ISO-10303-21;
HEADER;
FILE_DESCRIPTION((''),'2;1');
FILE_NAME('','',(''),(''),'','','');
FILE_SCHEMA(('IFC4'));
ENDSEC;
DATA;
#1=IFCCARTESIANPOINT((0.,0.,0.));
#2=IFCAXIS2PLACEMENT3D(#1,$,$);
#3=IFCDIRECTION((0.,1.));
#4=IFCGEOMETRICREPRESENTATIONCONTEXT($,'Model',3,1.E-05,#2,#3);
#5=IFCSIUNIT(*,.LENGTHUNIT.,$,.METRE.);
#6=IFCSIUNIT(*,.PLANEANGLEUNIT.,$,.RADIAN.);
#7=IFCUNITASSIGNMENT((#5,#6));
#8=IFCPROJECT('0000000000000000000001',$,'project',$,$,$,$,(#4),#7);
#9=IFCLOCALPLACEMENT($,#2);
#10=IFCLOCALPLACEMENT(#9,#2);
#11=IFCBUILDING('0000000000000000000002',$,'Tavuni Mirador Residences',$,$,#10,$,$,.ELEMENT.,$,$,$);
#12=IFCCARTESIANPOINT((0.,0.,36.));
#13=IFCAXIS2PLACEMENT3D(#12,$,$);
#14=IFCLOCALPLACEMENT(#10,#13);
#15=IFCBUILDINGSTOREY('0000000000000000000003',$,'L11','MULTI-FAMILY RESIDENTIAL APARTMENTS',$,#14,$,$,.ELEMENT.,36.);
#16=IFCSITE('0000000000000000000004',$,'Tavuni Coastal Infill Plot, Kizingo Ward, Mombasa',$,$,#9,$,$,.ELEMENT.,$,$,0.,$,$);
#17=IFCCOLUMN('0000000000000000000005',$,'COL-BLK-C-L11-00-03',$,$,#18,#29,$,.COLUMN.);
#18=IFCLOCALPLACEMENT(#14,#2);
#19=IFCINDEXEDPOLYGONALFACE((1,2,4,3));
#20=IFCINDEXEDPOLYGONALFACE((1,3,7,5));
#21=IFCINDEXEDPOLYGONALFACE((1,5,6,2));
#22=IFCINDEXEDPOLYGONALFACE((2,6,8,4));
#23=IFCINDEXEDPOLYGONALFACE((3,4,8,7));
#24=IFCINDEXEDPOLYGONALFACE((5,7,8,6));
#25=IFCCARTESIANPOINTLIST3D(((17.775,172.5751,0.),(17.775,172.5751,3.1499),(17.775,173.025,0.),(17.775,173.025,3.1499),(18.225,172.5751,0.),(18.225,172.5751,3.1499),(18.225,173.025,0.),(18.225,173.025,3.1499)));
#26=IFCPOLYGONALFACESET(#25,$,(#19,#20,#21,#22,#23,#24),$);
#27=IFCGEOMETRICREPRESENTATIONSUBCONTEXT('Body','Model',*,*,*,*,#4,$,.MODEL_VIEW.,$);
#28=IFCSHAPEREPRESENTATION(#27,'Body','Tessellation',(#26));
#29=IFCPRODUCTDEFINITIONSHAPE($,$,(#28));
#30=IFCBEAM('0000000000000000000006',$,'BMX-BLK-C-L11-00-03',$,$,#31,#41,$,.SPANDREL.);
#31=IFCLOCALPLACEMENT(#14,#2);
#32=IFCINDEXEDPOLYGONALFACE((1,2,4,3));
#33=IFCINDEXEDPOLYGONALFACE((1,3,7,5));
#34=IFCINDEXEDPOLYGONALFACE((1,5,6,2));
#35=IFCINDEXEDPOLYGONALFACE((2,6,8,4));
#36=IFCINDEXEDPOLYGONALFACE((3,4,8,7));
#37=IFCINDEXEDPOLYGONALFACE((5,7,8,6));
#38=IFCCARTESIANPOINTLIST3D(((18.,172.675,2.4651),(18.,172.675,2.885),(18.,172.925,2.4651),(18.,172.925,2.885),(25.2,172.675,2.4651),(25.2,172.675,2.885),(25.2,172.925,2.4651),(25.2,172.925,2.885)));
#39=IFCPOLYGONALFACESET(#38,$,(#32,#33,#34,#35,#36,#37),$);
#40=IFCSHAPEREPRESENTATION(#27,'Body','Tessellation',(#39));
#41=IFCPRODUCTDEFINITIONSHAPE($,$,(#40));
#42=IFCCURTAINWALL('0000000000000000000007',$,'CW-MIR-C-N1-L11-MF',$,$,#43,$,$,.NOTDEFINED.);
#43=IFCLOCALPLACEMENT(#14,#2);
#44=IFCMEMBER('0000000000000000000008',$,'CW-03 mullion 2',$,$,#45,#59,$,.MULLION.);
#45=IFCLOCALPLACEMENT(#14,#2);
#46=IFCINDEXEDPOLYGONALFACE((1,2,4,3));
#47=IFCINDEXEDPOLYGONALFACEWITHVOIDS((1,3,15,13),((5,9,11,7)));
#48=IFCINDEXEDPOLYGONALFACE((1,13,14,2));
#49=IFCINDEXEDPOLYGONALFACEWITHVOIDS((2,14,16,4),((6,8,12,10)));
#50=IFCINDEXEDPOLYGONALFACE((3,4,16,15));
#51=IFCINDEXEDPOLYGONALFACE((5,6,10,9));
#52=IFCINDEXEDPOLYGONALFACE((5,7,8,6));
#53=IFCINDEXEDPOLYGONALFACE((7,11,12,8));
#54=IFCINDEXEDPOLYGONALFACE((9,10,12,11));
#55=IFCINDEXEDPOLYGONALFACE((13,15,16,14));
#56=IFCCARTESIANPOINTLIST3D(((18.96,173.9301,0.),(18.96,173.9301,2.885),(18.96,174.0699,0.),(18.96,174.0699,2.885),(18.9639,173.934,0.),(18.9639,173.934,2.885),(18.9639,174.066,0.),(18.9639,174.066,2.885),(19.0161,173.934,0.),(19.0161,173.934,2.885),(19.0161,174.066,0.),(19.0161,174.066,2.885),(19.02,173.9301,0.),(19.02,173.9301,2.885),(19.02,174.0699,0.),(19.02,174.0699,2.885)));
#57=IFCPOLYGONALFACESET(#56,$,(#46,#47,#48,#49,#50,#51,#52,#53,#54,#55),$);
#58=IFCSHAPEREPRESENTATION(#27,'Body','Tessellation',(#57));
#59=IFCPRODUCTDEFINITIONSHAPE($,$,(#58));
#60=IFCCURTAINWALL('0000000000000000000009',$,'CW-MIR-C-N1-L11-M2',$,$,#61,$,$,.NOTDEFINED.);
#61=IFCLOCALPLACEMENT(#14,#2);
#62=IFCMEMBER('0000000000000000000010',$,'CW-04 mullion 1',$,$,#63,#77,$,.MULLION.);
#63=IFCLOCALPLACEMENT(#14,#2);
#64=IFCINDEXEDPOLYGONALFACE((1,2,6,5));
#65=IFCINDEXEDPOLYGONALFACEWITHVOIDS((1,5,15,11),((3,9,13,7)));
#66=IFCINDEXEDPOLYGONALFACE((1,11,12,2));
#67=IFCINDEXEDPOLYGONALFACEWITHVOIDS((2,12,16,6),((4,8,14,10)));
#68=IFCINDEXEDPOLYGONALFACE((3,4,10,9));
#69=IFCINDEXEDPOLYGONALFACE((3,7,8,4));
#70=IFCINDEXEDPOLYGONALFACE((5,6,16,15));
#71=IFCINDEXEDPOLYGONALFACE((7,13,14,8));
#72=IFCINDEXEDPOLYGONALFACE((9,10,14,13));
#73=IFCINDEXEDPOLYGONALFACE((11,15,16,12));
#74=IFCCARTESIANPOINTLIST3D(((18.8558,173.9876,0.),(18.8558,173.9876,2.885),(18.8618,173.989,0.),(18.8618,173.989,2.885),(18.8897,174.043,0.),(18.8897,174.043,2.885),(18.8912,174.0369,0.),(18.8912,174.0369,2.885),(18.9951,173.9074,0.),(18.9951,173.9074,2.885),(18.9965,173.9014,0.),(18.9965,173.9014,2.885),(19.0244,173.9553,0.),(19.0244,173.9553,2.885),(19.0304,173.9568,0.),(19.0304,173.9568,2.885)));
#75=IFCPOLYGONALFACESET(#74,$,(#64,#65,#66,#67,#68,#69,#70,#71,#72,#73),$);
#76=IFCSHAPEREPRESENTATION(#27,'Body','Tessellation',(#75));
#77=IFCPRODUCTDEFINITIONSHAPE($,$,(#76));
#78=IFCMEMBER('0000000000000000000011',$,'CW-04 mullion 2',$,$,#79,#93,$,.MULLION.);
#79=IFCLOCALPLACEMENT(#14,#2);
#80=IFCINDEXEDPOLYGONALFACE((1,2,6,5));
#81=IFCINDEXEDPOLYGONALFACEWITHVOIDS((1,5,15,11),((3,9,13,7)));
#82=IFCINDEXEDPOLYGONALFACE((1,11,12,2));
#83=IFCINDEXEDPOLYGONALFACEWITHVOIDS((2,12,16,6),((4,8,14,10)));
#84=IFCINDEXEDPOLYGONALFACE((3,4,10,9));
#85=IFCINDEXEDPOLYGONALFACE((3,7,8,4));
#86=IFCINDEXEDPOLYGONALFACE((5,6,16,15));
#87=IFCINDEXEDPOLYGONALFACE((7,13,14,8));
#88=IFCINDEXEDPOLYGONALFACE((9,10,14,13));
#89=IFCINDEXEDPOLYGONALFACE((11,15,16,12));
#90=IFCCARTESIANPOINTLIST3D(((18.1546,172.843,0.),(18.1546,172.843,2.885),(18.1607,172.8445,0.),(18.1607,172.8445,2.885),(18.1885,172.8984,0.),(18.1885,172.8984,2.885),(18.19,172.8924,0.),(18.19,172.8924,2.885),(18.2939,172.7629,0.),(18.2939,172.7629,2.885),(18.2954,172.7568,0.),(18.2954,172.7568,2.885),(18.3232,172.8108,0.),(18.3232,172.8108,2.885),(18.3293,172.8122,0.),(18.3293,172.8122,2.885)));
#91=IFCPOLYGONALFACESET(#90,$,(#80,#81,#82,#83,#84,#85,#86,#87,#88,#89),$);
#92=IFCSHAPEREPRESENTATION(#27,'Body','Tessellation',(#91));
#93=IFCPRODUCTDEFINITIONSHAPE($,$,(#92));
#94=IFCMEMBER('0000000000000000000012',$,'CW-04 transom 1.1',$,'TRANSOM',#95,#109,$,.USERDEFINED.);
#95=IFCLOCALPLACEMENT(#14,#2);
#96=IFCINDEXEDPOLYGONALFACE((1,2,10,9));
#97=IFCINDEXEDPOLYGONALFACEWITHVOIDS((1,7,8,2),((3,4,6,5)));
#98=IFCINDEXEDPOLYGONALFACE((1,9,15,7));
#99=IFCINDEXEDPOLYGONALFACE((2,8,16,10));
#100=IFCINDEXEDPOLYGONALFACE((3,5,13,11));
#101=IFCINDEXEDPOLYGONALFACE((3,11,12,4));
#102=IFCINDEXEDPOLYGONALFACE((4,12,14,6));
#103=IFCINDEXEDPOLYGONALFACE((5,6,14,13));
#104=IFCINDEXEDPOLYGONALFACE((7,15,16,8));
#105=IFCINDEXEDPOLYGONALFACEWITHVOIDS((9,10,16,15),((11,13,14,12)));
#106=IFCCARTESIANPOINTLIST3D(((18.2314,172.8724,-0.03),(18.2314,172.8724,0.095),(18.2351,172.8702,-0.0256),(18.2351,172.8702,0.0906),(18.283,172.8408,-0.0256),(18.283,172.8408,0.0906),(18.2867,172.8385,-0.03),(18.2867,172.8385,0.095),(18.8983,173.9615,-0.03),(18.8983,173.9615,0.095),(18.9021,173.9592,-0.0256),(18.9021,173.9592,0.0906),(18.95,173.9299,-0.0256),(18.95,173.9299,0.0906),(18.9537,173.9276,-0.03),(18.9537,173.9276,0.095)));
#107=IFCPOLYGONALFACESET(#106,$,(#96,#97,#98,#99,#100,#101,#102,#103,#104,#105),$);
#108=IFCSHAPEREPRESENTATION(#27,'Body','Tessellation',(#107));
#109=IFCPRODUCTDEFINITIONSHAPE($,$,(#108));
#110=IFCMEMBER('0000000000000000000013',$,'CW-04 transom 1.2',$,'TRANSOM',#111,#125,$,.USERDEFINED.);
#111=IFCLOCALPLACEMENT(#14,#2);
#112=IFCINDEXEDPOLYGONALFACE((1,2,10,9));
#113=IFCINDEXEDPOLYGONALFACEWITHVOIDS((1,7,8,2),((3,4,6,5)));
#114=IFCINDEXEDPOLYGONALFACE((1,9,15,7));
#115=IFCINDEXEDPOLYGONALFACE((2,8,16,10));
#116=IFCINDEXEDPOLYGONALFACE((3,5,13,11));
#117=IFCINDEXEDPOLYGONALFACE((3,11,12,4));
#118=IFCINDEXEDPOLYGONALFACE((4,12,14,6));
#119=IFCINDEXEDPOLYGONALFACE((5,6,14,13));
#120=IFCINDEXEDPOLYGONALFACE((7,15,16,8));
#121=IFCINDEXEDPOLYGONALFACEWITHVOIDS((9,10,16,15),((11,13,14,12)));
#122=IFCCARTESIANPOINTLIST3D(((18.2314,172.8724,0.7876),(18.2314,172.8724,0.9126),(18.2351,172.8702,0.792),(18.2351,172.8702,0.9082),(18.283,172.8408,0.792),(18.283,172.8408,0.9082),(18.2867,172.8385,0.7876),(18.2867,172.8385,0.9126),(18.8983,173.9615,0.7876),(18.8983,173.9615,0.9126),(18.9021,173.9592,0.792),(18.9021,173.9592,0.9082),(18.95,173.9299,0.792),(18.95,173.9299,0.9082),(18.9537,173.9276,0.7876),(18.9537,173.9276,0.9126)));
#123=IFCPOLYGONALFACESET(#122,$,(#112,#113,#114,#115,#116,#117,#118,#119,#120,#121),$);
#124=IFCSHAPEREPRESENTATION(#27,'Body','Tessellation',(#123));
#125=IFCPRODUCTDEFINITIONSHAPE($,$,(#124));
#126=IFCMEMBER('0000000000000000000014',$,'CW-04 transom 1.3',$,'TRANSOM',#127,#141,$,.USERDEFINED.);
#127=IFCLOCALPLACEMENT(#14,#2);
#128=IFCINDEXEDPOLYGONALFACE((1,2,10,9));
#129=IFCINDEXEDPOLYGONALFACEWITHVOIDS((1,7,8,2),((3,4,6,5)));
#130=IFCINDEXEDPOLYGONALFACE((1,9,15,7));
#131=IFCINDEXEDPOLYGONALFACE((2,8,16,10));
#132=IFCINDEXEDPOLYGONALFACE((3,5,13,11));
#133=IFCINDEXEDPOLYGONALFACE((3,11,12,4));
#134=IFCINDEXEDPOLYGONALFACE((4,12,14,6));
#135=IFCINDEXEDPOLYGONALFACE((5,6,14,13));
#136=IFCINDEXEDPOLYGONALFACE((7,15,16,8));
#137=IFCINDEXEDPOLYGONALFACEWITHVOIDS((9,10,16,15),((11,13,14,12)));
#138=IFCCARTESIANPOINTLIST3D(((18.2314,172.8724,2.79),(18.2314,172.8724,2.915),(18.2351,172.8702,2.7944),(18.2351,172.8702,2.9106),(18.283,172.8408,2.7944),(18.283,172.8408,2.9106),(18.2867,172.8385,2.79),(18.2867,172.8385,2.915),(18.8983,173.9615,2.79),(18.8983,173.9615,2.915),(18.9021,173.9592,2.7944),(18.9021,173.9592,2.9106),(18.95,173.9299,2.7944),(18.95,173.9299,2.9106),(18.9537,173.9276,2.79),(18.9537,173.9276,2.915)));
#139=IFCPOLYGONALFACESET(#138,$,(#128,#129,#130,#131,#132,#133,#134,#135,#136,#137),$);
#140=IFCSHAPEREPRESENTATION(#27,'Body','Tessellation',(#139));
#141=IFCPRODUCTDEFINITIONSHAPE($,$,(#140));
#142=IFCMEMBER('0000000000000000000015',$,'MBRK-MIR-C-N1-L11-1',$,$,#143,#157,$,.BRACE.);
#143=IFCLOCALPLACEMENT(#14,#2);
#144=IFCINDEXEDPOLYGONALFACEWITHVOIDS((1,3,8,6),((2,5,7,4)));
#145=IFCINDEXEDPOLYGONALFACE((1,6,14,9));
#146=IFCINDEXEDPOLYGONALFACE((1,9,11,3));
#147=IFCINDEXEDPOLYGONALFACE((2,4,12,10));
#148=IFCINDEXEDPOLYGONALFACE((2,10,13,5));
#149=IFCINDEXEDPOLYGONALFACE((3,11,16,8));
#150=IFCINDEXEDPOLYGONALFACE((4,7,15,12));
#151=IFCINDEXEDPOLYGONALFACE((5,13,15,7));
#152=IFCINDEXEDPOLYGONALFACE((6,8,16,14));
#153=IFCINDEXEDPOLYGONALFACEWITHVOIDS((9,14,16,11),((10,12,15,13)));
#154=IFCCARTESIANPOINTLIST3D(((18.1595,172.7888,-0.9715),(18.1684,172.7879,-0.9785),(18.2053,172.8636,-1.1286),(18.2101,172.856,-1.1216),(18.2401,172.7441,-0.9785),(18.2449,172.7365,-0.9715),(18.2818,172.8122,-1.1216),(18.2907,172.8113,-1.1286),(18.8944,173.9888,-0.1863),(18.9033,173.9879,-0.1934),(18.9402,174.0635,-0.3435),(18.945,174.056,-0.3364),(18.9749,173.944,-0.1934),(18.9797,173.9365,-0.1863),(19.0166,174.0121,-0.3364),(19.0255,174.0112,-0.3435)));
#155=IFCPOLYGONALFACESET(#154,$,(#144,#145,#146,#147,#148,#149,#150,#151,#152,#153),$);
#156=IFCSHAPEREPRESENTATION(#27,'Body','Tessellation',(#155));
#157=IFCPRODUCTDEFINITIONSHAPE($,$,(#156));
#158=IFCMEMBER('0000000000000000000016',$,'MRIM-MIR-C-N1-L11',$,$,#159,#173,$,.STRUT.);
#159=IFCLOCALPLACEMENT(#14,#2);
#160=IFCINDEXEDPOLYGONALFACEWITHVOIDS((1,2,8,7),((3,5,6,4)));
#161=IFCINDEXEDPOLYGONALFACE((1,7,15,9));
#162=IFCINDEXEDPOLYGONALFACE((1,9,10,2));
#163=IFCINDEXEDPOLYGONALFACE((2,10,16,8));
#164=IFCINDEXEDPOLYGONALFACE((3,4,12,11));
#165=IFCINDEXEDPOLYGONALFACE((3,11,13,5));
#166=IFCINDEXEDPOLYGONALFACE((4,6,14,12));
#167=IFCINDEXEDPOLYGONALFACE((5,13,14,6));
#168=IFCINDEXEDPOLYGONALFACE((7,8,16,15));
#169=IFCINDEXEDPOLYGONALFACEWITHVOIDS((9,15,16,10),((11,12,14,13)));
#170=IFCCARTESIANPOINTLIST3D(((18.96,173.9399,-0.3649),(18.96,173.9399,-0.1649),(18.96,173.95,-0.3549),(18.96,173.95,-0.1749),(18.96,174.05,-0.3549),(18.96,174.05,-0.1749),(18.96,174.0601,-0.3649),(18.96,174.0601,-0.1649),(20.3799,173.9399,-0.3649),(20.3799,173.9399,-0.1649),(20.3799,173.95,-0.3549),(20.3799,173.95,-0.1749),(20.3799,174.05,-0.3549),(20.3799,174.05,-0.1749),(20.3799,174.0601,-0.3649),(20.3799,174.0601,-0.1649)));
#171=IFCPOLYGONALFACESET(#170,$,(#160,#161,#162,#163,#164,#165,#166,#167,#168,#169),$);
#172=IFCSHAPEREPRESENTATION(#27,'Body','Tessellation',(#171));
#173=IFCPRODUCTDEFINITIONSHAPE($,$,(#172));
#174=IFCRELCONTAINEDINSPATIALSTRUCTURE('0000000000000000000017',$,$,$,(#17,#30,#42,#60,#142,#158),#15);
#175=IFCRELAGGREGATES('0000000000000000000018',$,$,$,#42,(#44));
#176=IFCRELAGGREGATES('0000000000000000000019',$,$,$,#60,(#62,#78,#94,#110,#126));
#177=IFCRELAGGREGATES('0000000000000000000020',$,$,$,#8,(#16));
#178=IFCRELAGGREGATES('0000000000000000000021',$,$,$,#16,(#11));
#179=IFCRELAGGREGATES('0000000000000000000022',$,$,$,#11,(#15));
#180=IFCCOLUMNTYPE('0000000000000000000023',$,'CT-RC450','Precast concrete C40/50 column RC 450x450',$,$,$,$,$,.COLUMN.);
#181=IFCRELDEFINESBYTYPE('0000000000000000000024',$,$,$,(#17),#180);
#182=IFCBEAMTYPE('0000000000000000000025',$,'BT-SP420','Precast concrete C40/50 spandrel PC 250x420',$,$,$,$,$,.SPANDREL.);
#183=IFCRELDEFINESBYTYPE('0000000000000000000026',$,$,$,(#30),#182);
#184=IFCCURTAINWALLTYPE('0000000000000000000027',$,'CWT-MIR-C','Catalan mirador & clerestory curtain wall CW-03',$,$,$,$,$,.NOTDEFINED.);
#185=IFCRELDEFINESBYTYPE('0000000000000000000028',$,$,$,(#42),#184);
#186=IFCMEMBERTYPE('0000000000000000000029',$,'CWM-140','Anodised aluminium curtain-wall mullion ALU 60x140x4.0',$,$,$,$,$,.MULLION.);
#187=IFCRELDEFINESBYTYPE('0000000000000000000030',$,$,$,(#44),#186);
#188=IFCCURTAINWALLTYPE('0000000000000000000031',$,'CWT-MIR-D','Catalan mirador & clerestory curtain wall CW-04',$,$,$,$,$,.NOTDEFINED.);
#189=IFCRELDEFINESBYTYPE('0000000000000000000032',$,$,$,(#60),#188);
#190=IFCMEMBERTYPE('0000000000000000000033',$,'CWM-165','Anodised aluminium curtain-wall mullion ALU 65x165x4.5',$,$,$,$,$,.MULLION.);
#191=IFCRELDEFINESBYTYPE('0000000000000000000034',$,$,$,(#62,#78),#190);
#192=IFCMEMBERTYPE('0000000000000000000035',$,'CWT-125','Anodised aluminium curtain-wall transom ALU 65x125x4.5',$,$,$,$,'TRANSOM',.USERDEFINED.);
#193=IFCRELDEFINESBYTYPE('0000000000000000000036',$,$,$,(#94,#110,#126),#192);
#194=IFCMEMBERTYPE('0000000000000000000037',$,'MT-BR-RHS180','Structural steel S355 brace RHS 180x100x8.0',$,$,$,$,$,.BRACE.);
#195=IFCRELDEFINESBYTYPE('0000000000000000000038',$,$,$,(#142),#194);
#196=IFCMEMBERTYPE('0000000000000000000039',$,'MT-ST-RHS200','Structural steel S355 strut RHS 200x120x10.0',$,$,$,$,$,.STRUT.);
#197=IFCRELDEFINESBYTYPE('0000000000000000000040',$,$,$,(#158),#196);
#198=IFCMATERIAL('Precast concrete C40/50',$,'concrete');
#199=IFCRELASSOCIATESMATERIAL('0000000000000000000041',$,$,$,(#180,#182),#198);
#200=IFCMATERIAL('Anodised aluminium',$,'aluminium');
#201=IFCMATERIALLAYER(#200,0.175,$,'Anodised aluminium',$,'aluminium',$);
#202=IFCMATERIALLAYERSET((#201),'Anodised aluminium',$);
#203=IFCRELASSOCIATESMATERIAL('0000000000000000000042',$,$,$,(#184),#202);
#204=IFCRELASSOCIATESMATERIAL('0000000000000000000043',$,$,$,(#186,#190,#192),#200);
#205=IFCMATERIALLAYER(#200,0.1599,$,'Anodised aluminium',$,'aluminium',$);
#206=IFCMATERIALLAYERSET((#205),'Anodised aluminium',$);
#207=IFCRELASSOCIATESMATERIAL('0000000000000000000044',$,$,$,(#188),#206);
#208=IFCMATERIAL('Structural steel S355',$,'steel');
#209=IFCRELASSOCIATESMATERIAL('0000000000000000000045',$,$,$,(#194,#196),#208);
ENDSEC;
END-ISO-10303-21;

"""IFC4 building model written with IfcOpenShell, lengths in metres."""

from ifc_helpers import new_model, si_unit, direction, frame, origin, origin_2d, place, context, subcontext, project, spatial, rectangle, hollow_rectangle, extrude, material, layer, layer_set, material_profile, profile_set, type_object, element, aggregate, save


model = new_model("IFC4")

# Units and contexts
model_context = context("Model", 3, precision=1e-05, world=origin(), true_north=direction((0.0, 1.0)))
body_context = subcontext(model_context, "Body", "Model", "MODEL_VIEW")
ifc_project = project(units=[si_unit("LENGTHUNIT", "METRE"), si_unit("PLANEANGLEUNIT", "RADIAN")], contexts=[model_context])

# Site, building, storey
site_placement = place(None, origin())
site = spatial("IfcSite", under=ifc_project, at=site_placement, Name="Tavuni Coastal Infill Plot, Kizingo Ward, Mombasa", CompositionType="ELEMENT", RefElevation=0.0)
building_placement = place(site_placement, origin())
building = spatial("IfcBuilding", under=site, at=building_placement, Name="Tavuni Mirador Residences", CompositionType="ELEMENT")
storey_placement = place(building_placement, frame((0.0, 0.0, 36.0)))
storey = spatial("IfcBuildingStorey", under=building, at=storey_placement, Name="L11", Description="MULTI-FAMILY RESIDENTIAL APARTMENTS", CompositionType="ELEMENT", Elevation=36.0)

# Column
ifc_material_1 = material(Name="Precast concrete C40/50", Category="concrete")
ifc_material_profile_1 = material_profile(ifc_material_1, rectangle(XDim=0.45, YDim=0.45, at=origin_2d()), Name="RC 450x450", Category="concrete")
ifc_profile_set_1 = profile_set([ifc_material_profile_1], Name="Precast concrete C40/50")
column_type = type_object("IfcColumnType", Name="CT-RC450", Description="Precast concrete C40/50 column RC 450x450", PredefinedType="COLUMN", material=ifc_profile_set_1)
column_placement = place(storey_placement, frame((18.0, 172.8, 0.0), z_axis=(0.0, 0.0, 1.0), x_axis=(1.0, 0.0, 0.0)))
element("IfcColumn", 1, at=column_placement, inside=storey, type_object=column_type, Name="COL-BLK-C-L11-00-03", PredefinedType="COLUMN", context=body_context, shape_type="SweptSolid", body=[
    extrude(rectangle(XDim=0.45, YDim=0.45, at=origin_2d()), origin(), (0.0, 0.0, 1.0), 3.1499),
])

# Beam
ifc_material_profile_2 = material_profile(ifc_material_1, rectangle(XDim=0.25, YDim=0.4199, at=origin_2d()), Name="PC 250x420", Category="concrete")
ifc_profile_set_2 = profile_set([ifc_material_profile_2], Name="Precast concrete C40/50")
beam_type = type_object("IfcBeamType", Name="BT-SP420", Description="Precast concrete C40/50 spandrel PC 250x420", PredefinedType="SPANDREL", material=ifc_profile_set_2)
beam_placement = place(storey_placement, frame((18.0, 172.8, 2.675), z_axis=(1.0, 0.0, 0.0), x_axis=(0.0, 1.0, 0.0)))
element("IfcBeam", 2, at=beam_placement, inside=storey, type_object=beam_type, Name="BMX-BLK-C-L11-00-03", PredefinedType="SPANDREL", context=body_context, shape_type="SweptSolid", body=[
    extrude(rectangle(XDim=0.25, YDim=0.4199, at=origin_2d()), origin(), (0.0, 0.0, 1.0), 7.2),
])

# Curtain wall, member
ifc_material_2 = material(Name="Anodised aluminium", Category="aluminium")
ifc_layer_1 = layer(ifc_material_2, 0.175, Name="Anodised aluminium", Category="aluminium")
ifc_layer_set_1 = layer_set([ifc_layer_1], Name="Anodised aluminium")
curtain_wall_type_1 = type_object("IfcCurtainWallType", Name="CWT-MIR-C", Description="Catalan mirador & clerestory curtain wall CW-03", PredefinedType="NOTDEFINED", material=ifc_layer_set_1)
curtain_wall_1_placement = place(storey_placement, origin())
curtain_wall_1 = element("IfcCurtainWall", 3, at=curtain_wall_1_placement, inside=storey, type_object=curtain_wall_type_1, Name="CW-MIR-C-N1-L11-MF", PredefinedType="NOTDEFINED")
ifc_material_profile_3 = material_profile(ifc_material_2, hollow_rectangle(XDim=0.0601, YDim=0.1399, WallThickness=0.0039, at=origin_2d()), Name="ALU 60x140x4.0", Category="aluminium")
ifc_profile_set_3 = profile_set([ifc_material_profile_3], Name="Anodised aluminium")
member_type_1 = type_object("IfcMemberType", Name="CWM-140", Description="Anodised aluminium curtain-wall mullion ALU 60x140x4.0", PredefinedType="MULLION", material=ifc_profile_set_3)
member_1_placement = place(storey_placement, frame((18.99, 174.0, 0.0), z_axis=(0.0, 0.0, 1.0), x_axis=(-1.0, 0.0, 0.0)))
member_1 = element("IfcMember", 4, at=member_1_placement, type_object=member_type_1, Name="CW-03 mullion 2", PredefinedType="MULLION", context=body_context, shape_type="SweptSolid", body=[
    extrude(hollow_rectangle(XDim=0.0601, YDim=0.1399, WallThickness=0.0039, at=origin_2d()), origin(), (0.0, 0.0, 1.0), 2.885),
])
aggregate(curtain_wall_1, [member_1])

# Curtain wall, members
ifc_layer_2 = layer(ifc_material_2, 0.1599, Name="Anodised aluminium", Category="aluminium")
ifc_layer_set_2 = layer_set([ifc_layer_2], Name="Anodised aluminium")
curtain_wall_type_2 = type_object("IfcCurtainWallType", Name="CWT-MIR-D", Description="Catalan mirador & clerestory curtain wall CW-04", PredefinedType="NOTDEFINED", material=ifc_layer_set_2)
curtain_wall_2_placement = place(storey_placement, origin())
curtain_wall_2 = element("IfcCurtainWall", 5, at=curtain_wall_2_placement, inside=storey, type_object=curtain_wall_type_2, Name="CW-MIR-C-N1-L11-M2", PredefinedType="NOTDEFINED")
ifc_material_profile_4 = material_profile(ifc_material_2, hollow_rectangle(XDim=0.0649, YDim=0.165, WallThickness=0.0044, at=origin_2d()), Name="ALU 65x165x4.5", Category="aluminium")
ifc_profile_set_4 = profile_set([ifc_material_profile_4], Name="Anodised aluminium")
member_type_2 = type_object("IfcMemberType", Name="CWM-165", Description="Anodised aluminium curtain-wall mullion ALU 65x165x4.5", PredefinedType="MULLION", material=ifc_profile_set_4)
member_2_placement = place(storey_placement, frame((18.9431, 173.9722, 0.0), z_axis=(0.0, 0.0, 1.0), x_axis=(-0.522312, -0.852754, 0.0)))
member_2 = element("IfcMember", 6, at=member_2_placement, type_object=member_type_2, Name="CW-04 mullion 1", PredefinedType="MULLION", context=body_context, shape_type="SweptSolid", body=[
    extrude(hollow_rectangle(XDim=0.0649, YDim=0.165, WallThickness=0.0044, at=origin_2d()), origin(), (0.0, 0.0, 1.0), 2.885),
])
member_3_placement = place(storey_placement, frame((18.2419, 172.8276, 0.0), z_axis=(0.0, 0.0, 1.0), x_axis=(-0.522312, -0.852754, 0.0)))
member_3 = element("IfcMember", 7, at=member_3_placement, type_object=member_type_2, Name="CW-04 mullion 2", PredefinedType="MULLION", context=body_context, shape_type="SweptSolid", body=[
    extrude(hollow_rectangle(XDim=0.0649, YDim=0.165, WallThickness=0.0044, at=origin_2d()), origin(), (0.0, 0.0, 1.0), 2.885),
])
ifc_material_profile_5 = material_profile(ifc_material_2, hollow_rectangle(XDim=0.0649, YDim=0.125, WallThickness=0.0044, at=origin_2d()), Name="ALU 65x125x4.5", Category="aluminium")
ifc_profile_set_5 = profile_set([ifc_material_profile_5], Name="Anodised aluminium")
member_type_3 = type_object("IfcMemberType", Name="CWT-125", Description="Anodised aluminium curtain-wall transom ALU 65x125x4.5", ElementType="TRANSOM", PredefinedType="USERDEFINED", material=ifc_profile_set_5)
member_4_placement = place(storey_placement, frame((18.926, 173.9446, 0.0325), z_axis=(-0.522262, -0.852785, 0.0), x_axis=(0.852785, -0.522262, 0.0)))
member_4 = element("IfcMember", 8, at=member_4_placement, type_object=member_type_3, Name="CW-04 transom 1.1", ObjectType="TRANSOM", PredefinedType="USERDEFINED", context=body_context, shape_type="SweptSolid", body=[
    extrude(hollow_rectangle(XDim=0.0649, YDim=0.125, WallThickness=0.0044, at=origin_2d()), origin(), (0.0, 0.0, 1.0), 1.2771),
])
member_5_placement = place(storey_placement, frame((18.926, 173.9446, 0.8501), z_axis=(-0.522262, -0.852785, 0.0), x_axis=(0.852785, -0.522262, 0.0)))
member_5 = element("IfcMember", 9, at=member_5_placement, type_object=member_type_3, Name="CW-04 transom 1.2", ObjectType="TRANSOM", PredefinedType="USERDEFINED", context=body_context, shape_type="SweptSolid", body=[
    extrude(hollow_rectangle(XDim=0.0649, YDim=0.125, WallThickness=0.0044, at=origin_2d()), origin(), (0.0, 0.0, 1.0), 1.2771),
])
member_6_placement = place(storey_placement, frame((18.926, 173.9446, 2.8525), z_axis=(-0.522262, -0.852785, 0.0), x_axis=(0.852785, -0.522262, 0.0)))
member_6 = element("IfcMember", 10, at=member_6_placement, type_object=member_type_3, Name="CW-04 transom 1.3", ObjectType="TRANSOM", PredefinedType="USERDEFINED", context=body_context, shape_type="SweptSolid", body=[
    extrude(hollow_rectangle(XDim=0.0649, YDim=0.125, WallThickness=0.0044, at=origin_2d()), origin(), (0.0, 0.0, 1.0), 1.2771),
])

# Members
ifc_material_3 = material(Name="Structural steel S355", Category="steel")
ifc_material_profile_6 = material_profile(ifc_material_3, hollow_rectangle(XDim=0.1001, YDim=0.1799, WallThickness=0.0081, at=origin_2d()), Name="RHS 180x100x8.0", Category="steel")
ifc_profile_set_6 = profile_set([ifc_material_profile_6], Name="Structural steel S355")
member_type_4 = type_object("IfcMemberType", Name="MT-BR-RHS180", Description="Structural steel S355 brace RHS 180x100x8.0", PredefinedType="BRACE", material=ifc_profile_set_6)
member_7_placement = place(storey_placement, frame((18.2251, 172.8, -1.05), z_axis=(0.456061, 0.744697, 0.487273), x_axis=(-0.852788, 0.522257, 0.0)))
element("IfcMember", 11, at=member_7_placement, inside=storey, type_object=member_type_4, Name="MBRK-MIR-C-N1-L11-1", PredefinedType="BRACE", context=body_context, shape_type="SweptSolid", body=[
    extrude(hollow_rectangle(XDim=0.1001, YDim=0.1799, WallThickness=0.0081, at=origin_2d()), origin(), (0.0, 0.0, 1.0), 1.6113),
])
ifc_material_profile_7 = material_profile(ifc_material_3, hollow_rectangle(XDim=0.1201, YDim=0.2, WallThickness=0.01, at=origin_2d()), Name="RHS 200x120x10.0", Category="steel")
ifc_profile_set_7 = profile_set([ifc_material_profile_7], Name="Structural steel S355")
member_type_5 = type_object("IfcMemberType", Name="MT-ST-RHS200", Description="Structural steel S355 strut RHS 200x120x10.0", PredefinedType="STRUT", material=ifc_profile_set_7)
member_8_placement = place(storey_placement, frame((18.96, 174.0, -0.2649), z_axis=(1.0, 0.0, 0.0), x_axis=(0.0, 1.0, 0.0)))
element("IfcMember", 12, at=member_8_placement, inside=storey, type_object=member_type_5, Name="MRIM-MIR-C-N1-L11", PredefinedType="STRUT", context=body_context, shape_type="SweptSolid", body=[
    extrude(hollow_rectangle(XDim=0.1201, YDim=0.2, WallThickness=0.01, at=origin_2d()), origin(), (0.0, 0.0, 1.0), 1.4199),
])

aggregate(curtain_wall_2, [member_2, member_3, member_4, member_5, member_6])

save(model, "model.ifc")
